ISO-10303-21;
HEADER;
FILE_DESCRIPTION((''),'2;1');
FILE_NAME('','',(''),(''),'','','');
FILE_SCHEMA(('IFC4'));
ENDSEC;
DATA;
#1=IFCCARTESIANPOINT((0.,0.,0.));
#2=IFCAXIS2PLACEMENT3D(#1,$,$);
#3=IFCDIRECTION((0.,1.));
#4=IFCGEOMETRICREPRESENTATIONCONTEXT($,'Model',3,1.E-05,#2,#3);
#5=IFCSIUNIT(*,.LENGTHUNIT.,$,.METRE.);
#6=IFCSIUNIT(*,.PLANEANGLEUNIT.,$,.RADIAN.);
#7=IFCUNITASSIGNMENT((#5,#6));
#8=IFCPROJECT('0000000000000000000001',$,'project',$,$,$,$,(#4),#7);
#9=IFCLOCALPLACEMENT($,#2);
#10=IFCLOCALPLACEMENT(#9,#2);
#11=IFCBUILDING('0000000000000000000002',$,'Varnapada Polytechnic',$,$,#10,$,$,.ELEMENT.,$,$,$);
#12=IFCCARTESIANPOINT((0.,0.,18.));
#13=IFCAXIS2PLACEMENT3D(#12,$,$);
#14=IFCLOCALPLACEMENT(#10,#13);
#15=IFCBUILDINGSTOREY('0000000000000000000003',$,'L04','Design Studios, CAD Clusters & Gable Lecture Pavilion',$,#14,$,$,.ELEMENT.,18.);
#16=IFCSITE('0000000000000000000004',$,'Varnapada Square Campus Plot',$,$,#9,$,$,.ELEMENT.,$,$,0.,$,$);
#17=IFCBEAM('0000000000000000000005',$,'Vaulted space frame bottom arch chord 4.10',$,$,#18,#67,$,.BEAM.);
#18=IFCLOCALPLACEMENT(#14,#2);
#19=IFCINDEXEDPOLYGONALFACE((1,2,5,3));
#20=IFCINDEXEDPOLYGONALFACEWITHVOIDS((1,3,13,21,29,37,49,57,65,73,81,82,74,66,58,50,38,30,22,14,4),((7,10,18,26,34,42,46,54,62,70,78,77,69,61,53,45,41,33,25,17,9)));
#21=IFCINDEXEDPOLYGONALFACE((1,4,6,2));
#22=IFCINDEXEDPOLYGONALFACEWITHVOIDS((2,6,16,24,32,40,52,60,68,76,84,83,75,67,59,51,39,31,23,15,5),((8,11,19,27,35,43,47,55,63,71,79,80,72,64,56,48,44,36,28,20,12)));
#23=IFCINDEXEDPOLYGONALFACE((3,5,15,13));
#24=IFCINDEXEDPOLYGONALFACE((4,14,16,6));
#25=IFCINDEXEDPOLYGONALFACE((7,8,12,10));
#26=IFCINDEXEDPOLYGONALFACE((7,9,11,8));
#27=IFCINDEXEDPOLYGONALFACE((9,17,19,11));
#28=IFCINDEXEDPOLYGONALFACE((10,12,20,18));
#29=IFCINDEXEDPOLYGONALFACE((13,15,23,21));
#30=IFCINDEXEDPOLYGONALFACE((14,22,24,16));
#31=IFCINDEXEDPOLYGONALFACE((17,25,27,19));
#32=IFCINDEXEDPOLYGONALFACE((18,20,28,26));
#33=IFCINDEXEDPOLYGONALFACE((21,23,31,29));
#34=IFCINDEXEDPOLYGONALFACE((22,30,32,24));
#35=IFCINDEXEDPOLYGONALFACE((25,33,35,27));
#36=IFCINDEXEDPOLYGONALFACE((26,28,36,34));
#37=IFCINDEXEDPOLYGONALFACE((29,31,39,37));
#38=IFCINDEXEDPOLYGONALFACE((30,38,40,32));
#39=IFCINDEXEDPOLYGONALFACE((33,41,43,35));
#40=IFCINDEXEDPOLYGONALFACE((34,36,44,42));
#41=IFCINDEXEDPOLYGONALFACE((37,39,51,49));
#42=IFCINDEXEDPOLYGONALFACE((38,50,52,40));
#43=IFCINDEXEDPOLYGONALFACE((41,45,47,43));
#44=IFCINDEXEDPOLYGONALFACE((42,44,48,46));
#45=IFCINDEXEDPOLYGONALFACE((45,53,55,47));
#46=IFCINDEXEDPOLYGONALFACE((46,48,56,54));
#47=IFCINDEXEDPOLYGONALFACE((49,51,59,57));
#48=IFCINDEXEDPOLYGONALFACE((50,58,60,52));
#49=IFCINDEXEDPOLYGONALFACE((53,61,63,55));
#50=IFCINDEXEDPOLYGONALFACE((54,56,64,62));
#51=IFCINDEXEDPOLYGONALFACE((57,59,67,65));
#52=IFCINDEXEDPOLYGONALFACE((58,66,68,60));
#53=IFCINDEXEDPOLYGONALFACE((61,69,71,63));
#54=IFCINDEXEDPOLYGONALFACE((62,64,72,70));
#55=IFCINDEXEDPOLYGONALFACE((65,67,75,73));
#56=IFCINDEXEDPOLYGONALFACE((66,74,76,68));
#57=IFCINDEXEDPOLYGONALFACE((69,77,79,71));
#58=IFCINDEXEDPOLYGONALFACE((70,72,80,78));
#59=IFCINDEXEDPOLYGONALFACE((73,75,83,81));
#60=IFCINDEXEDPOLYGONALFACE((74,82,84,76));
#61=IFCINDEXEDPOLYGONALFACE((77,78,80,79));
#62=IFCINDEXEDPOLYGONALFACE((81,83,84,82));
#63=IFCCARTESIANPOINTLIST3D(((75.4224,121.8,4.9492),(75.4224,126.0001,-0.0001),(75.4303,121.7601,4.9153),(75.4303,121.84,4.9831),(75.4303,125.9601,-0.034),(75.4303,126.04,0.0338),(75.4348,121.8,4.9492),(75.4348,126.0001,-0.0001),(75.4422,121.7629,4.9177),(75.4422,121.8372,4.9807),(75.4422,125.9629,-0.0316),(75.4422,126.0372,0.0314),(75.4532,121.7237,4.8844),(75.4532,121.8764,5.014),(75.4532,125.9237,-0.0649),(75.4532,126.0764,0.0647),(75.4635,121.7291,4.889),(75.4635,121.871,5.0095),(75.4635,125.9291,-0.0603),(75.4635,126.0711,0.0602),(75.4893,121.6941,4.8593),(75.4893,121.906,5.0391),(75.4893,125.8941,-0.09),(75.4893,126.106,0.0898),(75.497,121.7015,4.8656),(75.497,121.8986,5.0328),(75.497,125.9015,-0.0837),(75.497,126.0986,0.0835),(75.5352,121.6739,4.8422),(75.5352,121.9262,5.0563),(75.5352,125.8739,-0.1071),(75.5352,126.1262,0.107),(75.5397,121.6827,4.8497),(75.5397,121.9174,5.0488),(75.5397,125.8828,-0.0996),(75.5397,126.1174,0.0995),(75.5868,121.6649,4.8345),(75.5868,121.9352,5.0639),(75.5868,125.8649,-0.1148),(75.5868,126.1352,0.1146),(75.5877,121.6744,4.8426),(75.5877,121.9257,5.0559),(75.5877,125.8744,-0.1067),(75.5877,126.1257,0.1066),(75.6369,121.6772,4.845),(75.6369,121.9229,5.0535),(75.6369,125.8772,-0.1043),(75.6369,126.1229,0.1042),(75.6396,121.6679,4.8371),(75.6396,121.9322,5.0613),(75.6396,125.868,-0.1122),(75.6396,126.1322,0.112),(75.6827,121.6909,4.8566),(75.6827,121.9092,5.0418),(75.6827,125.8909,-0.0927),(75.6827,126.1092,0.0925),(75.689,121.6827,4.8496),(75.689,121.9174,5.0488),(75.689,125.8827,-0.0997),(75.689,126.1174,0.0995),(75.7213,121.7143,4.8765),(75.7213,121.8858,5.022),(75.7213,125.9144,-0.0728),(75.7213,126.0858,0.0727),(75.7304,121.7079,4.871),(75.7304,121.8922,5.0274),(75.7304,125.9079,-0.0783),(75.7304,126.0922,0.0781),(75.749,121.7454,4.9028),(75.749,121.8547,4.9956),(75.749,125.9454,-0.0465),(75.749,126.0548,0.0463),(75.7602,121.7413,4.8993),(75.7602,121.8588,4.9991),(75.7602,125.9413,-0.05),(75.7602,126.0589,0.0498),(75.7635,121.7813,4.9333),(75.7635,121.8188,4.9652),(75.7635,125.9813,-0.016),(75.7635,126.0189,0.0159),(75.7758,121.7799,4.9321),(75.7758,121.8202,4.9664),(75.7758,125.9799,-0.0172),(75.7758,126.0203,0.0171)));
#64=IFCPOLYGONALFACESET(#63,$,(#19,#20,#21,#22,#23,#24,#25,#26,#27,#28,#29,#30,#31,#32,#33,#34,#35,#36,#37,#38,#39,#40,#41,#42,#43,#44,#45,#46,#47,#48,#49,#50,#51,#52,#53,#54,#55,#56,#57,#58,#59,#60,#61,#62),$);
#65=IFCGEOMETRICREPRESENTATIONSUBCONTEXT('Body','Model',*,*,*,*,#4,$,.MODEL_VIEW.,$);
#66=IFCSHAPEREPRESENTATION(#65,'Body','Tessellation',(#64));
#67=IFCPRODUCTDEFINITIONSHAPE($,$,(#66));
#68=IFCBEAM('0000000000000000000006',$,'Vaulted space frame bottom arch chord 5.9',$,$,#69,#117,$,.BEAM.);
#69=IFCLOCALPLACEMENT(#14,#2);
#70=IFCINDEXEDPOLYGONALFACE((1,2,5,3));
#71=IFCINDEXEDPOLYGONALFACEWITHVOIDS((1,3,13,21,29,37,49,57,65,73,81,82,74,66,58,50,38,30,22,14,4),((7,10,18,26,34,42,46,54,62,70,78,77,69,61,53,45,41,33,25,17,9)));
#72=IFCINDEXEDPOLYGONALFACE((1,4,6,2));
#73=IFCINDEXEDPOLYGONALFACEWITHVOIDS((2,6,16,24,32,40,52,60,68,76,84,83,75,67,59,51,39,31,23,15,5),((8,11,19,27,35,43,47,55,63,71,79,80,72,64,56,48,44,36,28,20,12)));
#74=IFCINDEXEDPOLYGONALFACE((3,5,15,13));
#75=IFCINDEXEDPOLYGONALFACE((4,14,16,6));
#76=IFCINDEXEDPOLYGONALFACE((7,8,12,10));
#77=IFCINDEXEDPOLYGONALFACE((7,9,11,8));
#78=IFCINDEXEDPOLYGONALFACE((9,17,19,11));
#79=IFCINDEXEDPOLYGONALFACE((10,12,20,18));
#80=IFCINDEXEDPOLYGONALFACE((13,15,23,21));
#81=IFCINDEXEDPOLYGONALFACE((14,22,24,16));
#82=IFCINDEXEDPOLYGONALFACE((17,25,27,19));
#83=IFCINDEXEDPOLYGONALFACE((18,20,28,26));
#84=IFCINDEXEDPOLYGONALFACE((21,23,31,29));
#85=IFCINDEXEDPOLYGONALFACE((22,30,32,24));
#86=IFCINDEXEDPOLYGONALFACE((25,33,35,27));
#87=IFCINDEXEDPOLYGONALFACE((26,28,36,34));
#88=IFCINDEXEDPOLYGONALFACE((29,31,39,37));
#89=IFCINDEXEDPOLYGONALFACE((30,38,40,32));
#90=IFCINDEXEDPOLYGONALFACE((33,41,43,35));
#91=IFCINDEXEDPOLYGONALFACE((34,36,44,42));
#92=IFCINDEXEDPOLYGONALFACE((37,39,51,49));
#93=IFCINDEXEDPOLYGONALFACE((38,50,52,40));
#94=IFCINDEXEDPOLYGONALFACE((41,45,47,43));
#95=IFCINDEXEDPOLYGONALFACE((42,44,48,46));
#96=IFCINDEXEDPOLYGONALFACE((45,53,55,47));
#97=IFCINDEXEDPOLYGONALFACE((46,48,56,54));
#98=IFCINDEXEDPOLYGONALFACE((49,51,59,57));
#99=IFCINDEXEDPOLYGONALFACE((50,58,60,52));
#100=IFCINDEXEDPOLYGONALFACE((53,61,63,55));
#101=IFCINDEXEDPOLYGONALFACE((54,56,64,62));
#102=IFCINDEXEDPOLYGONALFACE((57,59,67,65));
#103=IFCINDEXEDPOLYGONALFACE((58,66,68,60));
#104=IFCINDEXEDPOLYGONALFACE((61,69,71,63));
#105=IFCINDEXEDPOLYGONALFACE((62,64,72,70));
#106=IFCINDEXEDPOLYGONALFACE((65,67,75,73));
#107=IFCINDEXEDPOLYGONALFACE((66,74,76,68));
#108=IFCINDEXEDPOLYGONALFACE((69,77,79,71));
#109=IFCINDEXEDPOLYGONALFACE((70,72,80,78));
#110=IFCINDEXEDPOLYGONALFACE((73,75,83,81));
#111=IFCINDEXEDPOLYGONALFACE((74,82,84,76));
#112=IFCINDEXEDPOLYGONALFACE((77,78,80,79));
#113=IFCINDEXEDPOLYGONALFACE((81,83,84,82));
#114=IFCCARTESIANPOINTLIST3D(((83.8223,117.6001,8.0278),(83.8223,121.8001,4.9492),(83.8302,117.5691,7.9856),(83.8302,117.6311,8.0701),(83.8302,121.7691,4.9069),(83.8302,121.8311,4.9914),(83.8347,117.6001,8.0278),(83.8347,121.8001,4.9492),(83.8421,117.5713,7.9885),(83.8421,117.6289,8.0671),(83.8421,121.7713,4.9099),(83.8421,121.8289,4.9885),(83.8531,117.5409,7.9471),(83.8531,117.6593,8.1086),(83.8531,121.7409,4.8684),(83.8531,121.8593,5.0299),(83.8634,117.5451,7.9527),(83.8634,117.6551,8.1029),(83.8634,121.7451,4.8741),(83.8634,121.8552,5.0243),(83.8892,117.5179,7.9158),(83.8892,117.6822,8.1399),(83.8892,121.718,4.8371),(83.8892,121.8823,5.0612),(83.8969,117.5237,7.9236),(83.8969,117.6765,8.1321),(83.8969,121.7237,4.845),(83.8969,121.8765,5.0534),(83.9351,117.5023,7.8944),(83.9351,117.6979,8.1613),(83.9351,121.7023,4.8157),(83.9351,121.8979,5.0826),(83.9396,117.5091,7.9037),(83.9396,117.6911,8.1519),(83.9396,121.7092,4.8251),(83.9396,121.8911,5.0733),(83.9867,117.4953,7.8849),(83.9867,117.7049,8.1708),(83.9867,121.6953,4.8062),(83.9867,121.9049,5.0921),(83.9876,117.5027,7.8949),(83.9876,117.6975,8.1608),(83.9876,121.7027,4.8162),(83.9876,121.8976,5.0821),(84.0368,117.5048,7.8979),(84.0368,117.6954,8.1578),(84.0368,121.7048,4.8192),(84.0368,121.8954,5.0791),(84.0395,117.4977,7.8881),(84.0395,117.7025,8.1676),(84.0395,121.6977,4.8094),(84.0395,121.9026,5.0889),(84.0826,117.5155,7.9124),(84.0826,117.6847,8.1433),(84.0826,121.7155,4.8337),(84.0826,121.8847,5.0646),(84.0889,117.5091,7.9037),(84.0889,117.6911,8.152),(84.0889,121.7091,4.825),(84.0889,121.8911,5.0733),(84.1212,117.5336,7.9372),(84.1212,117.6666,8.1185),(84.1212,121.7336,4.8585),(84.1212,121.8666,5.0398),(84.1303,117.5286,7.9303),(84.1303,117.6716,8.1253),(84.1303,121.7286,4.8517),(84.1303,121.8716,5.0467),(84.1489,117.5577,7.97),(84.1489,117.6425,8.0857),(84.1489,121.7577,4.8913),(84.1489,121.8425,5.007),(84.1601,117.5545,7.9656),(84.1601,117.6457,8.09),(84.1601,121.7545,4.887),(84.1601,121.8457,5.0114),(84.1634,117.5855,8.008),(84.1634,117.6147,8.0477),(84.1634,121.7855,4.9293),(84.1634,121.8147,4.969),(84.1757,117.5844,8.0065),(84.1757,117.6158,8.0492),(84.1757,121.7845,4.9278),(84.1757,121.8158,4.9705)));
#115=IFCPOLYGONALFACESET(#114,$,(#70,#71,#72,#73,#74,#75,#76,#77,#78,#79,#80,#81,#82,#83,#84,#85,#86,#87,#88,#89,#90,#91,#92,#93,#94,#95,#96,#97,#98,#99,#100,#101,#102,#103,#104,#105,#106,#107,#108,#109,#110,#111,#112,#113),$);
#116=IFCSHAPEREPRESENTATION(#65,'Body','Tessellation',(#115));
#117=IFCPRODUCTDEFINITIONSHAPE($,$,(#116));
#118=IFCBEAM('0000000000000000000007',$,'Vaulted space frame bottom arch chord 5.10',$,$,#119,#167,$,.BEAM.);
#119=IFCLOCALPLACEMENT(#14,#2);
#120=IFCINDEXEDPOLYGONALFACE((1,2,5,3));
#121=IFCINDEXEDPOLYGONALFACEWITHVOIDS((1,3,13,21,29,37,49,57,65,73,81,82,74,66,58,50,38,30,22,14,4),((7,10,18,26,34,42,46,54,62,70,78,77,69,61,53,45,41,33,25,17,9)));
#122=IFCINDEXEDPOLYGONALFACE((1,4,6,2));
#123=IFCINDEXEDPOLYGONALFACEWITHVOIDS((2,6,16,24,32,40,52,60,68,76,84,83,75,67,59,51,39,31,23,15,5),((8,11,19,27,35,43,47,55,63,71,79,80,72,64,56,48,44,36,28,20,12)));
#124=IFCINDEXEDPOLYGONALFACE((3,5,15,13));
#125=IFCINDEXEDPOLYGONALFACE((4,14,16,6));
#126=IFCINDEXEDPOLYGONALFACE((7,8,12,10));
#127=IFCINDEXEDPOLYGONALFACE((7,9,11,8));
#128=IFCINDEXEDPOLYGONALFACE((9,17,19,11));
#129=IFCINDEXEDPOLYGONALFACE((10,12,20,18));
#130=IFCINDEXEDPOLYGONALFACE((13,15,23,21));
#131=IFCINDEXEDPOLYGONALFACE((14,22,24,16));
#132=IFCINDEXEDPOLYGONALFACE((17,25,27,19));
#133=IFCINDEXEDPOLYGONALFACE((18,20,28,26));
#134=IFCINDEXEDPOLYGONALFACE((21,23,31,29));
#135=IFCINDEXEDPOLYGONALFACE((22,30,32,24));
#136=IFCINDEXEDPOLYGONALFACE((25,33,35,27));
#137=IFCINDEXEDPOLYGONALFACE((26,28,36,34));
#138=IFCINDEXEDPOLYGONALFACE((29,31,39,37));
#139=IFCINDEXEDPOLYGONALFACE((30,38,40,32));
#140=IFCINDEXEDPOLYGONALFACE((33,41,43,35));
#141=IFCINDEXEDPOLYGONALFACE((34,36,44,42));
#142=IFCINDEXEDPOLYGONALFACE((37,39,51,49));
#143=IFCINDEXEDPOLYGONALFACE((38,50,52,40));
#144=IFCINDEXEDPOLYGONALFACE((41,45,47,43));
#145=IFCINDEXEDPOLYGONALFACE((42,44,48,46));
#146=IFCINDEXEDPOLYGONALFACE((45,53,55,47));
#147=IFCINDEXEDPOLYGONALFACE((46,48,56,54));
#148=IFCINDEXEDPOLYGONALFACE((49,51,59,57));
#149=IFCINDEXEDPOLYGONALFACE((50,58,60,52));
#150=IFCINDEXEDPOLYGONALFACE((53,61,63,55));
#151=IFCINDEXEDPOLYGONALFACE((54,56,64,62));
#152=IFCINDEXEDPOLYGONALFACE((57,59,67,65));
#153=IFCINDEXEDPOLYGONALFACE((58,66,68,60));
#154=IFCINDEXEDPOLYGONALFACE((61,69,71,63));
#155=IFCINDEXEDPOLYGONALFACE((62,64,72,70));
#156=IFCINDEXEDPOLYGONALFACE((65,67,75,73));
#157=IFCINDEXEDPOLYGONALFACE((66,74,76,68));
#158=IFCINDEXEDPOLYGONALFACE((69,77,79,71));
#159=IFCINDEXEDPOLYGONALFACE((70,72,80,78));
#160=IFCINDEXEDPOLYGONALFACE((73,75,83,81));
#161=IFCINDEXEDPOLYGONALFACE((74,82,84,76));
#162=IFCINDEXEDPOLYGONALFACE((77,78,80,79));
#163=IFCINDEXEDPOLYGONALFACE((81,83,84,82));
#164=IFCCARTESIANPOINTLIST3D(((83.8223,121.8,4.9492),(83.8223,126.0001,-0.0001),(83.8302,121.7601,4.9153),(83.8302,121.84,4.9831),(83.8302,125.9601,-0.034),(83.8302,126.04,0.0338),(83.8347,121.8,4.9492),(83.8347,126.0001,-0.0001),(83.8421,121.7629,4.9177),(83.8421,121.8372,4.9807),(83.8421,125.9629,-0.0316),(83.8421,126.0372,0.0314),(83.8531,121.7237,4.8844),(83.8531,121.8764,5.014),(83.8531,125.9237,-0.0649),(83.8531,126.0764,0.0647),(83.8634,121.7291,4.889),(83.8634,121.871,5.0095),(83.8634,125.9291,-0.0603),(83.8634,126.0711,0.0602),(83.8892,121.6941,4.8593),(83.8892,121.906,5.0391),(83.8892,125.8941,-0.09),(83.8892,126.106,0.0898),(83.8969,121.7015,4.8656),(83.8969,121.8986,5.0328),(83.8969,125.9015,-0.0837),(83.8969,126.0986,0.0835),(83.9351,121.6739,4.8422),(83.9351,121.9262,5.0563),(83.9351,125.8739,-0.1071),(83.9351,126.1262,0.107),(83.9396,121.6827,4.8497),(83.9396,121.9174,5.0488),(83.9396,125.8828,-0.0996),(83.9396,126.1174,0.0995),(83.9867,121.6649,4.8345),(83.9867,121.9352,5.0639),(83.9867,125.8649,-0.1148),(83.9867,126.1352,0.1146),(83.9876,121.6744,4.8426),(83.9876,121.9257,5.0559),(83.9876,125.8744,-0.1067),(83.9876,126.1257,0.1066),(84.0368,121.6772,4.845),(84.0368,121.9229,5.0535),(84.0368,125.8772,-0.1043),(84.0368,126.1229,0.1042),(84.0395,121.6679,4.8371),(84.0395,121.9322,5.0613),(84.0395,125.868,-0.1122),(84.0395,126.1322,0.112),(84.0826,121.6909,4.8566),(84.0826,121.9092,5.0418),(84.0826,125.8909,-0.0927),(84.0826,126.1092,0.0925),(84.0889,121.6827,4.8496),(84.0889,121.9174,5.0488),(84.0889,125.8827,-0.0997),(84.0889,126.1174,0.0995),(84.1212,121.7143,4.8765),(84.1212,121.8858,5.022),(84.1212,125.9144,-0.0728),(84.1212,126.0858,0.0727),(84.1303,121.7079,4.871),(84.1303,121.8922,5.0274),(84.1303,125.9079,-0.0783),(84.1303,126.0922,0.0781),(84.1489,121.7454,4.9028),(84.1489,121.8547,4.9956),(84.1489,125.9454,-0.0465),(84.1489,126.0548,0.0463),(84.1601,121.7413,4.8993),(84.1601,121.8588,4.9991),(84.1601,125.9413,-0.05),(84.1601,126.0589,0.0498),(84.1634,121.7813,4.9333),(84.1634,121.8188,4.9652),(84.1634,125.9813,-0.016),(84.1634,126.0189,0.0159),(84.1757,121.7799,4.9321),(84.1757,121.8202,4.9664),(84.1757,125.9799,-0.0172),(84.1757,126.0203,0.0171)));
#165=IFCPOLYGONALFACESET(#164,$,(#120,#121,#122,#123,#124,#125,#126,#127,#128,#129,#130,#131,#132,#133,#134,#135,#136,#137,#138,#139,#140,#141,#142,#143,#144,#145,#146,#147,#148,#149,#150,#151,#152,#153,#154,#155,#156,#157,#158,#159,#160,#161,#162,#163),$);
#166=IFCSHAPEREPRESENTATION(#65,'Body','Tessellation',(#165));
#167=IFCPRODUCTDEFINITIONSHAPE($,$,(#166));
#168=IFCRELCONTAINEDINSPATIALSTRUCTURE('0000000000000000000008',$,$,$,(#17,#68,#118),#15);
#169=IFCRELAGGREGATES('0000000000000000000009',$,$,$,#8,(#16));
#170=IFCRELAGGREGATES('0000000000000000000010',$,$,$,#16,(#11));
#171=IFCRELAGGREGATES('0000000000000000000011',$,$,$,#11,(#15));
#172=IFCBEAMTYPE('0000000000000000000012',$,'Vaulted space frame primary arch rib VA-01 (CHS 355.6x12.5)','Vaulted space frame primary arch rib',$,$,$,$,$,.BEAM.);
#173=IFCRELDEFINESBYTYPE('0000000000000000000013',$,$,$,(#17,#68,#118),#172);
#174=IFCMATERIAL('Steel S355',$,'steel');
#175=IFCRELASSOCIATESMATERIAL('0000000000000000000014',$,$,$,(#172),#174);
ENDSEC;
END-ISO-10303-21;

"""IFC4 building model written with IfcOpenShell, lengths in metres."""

from ifc_helpers import new_model, si_unit, direction, frame, origin, origin_2d, place, context, subcontext, project, spatial, hollow_circle, extrude, material, material_profile, profile_set, type_object, element, save


model = new_model("IFC4")

# Units and contexts
model_context = context("Model", 3, precision=1e-05, world=origin(), true_north=direction((0.0, 1.0)))
body_context = subcontext(model_context, "Body", "Model", "MODEL_VIEW")
ifc_project = project(units=[si_unit("LENGTHUNIT", "METRE"), si_unit("PLANEANGLEUNIT", "RADIAN")], contexts=[model_context])

# Site, building, storey
site_placement = place(None, origin())
site = spatial("IfcSite", under=ifc_project, at=site_placement, Name="Varnapada Square Campus Plot", CompositionType="ELEMENT", RefElevation=0.0)
building_placement = place(site_placement, origin())
building = spatial("IfcBuilding", under=site, at=building_placement, Name="Varnapada Polytechnic", CompositionType="ELEMENT")
storey_placement = place(building_placement, frame((0.0, 0.0, 18.0)))
storey = spatial("IfcBuildingStorey", under=building, at=storey_placement, Name="L04", Description="Design Studios, CAD Clusters & Gable Lecture Pavilion", CompositionType="ELEMENT", Elevation=18.0)

# Shared definitions
ifc_material = material(Name="Steel S355", Category="steel")

# Beams
ifc_material_profile_1 = material_profile(ifc_material, hollow_circle(Radius=0.1777, WallThickness=0.0125, at=origin_2d()), Name="CHS 355.6x12.5")
ifc_profile_set_1 = profile_set([ifc_material_profile_1], Name="Steel S355")
beam_type_1 = type_object("IfcBeamType", Name="Vaulted space frame primary arch rib VA-01 (CHS 355.6x12.5)", Description="Vaulted space frame primary arch rib", PredefinedType="BEAM", material=ifc_profile_set_1)
beam_1_placement = place(storey_placement, frame((75.6001, 121.8, 4.9492), z_axis=(0.0, 0.647032, -0.762462), x_axis=(-1.0, 0.0, 0.0)))
element("IfcBeam", 1, at=beam_1_placement, inside=storey, type_object=beam_type_1, Name="Vaulted space frame bottom arch chord 4.10", PredefinedType="BEAM", context=body_context, shape_type="SweptSolid", body=[
    extrude(hollow_circle(Radius=0.1777, WallThickness=0.0125, at=origin_2d()), origin(), (0.0, 0.0, 1.0), 6.4912),
])
beam_2_placement = place(storey_placement, frame((84.0, 117.6001, 8.0278), z_axis=(0.0, 0.806529, -0.591195), x_axis=(-1.0, 0.0, 0.0)))
element("IfcBeam", 2, at=beam_2_placement, inside=storey, type_object=beam_type_1, Name="Vaulted space frame bottom arch chord 5.9", PredefinedType="BEAM", context=body_context, shape_type="SweptSolid", body=[
    extrude(hollow_circle(Radius=0.1777, WallThickness=0.0125, at=origin_2d()), origin(), (0.0, 0.0, 1.0), 5.2075),
])
beam_3_placement = place(storey_placement, frame((84.0, 121.8, 4.9492), z_axis=(0.0, 0.647032, -0.762462), x_axis=(-1.0, 0.0, 0.0)))
element("IfcBeam", 3, at=beam_3_placement, inside=storey, type_object=beam_type_1, Name="Vaulted space frame bottom arch chord 5.10", PredefinedType="BEAM", context=body_context, shape_type="SweptSolid", body=[
    extrude(hollow_circle(Radius=0.1777, WallThickness=0.0125, at=origin_2d()), origin(), (0.0, 0.0, 1.0), 6.4912),
])

save(model, "model.ifc")
